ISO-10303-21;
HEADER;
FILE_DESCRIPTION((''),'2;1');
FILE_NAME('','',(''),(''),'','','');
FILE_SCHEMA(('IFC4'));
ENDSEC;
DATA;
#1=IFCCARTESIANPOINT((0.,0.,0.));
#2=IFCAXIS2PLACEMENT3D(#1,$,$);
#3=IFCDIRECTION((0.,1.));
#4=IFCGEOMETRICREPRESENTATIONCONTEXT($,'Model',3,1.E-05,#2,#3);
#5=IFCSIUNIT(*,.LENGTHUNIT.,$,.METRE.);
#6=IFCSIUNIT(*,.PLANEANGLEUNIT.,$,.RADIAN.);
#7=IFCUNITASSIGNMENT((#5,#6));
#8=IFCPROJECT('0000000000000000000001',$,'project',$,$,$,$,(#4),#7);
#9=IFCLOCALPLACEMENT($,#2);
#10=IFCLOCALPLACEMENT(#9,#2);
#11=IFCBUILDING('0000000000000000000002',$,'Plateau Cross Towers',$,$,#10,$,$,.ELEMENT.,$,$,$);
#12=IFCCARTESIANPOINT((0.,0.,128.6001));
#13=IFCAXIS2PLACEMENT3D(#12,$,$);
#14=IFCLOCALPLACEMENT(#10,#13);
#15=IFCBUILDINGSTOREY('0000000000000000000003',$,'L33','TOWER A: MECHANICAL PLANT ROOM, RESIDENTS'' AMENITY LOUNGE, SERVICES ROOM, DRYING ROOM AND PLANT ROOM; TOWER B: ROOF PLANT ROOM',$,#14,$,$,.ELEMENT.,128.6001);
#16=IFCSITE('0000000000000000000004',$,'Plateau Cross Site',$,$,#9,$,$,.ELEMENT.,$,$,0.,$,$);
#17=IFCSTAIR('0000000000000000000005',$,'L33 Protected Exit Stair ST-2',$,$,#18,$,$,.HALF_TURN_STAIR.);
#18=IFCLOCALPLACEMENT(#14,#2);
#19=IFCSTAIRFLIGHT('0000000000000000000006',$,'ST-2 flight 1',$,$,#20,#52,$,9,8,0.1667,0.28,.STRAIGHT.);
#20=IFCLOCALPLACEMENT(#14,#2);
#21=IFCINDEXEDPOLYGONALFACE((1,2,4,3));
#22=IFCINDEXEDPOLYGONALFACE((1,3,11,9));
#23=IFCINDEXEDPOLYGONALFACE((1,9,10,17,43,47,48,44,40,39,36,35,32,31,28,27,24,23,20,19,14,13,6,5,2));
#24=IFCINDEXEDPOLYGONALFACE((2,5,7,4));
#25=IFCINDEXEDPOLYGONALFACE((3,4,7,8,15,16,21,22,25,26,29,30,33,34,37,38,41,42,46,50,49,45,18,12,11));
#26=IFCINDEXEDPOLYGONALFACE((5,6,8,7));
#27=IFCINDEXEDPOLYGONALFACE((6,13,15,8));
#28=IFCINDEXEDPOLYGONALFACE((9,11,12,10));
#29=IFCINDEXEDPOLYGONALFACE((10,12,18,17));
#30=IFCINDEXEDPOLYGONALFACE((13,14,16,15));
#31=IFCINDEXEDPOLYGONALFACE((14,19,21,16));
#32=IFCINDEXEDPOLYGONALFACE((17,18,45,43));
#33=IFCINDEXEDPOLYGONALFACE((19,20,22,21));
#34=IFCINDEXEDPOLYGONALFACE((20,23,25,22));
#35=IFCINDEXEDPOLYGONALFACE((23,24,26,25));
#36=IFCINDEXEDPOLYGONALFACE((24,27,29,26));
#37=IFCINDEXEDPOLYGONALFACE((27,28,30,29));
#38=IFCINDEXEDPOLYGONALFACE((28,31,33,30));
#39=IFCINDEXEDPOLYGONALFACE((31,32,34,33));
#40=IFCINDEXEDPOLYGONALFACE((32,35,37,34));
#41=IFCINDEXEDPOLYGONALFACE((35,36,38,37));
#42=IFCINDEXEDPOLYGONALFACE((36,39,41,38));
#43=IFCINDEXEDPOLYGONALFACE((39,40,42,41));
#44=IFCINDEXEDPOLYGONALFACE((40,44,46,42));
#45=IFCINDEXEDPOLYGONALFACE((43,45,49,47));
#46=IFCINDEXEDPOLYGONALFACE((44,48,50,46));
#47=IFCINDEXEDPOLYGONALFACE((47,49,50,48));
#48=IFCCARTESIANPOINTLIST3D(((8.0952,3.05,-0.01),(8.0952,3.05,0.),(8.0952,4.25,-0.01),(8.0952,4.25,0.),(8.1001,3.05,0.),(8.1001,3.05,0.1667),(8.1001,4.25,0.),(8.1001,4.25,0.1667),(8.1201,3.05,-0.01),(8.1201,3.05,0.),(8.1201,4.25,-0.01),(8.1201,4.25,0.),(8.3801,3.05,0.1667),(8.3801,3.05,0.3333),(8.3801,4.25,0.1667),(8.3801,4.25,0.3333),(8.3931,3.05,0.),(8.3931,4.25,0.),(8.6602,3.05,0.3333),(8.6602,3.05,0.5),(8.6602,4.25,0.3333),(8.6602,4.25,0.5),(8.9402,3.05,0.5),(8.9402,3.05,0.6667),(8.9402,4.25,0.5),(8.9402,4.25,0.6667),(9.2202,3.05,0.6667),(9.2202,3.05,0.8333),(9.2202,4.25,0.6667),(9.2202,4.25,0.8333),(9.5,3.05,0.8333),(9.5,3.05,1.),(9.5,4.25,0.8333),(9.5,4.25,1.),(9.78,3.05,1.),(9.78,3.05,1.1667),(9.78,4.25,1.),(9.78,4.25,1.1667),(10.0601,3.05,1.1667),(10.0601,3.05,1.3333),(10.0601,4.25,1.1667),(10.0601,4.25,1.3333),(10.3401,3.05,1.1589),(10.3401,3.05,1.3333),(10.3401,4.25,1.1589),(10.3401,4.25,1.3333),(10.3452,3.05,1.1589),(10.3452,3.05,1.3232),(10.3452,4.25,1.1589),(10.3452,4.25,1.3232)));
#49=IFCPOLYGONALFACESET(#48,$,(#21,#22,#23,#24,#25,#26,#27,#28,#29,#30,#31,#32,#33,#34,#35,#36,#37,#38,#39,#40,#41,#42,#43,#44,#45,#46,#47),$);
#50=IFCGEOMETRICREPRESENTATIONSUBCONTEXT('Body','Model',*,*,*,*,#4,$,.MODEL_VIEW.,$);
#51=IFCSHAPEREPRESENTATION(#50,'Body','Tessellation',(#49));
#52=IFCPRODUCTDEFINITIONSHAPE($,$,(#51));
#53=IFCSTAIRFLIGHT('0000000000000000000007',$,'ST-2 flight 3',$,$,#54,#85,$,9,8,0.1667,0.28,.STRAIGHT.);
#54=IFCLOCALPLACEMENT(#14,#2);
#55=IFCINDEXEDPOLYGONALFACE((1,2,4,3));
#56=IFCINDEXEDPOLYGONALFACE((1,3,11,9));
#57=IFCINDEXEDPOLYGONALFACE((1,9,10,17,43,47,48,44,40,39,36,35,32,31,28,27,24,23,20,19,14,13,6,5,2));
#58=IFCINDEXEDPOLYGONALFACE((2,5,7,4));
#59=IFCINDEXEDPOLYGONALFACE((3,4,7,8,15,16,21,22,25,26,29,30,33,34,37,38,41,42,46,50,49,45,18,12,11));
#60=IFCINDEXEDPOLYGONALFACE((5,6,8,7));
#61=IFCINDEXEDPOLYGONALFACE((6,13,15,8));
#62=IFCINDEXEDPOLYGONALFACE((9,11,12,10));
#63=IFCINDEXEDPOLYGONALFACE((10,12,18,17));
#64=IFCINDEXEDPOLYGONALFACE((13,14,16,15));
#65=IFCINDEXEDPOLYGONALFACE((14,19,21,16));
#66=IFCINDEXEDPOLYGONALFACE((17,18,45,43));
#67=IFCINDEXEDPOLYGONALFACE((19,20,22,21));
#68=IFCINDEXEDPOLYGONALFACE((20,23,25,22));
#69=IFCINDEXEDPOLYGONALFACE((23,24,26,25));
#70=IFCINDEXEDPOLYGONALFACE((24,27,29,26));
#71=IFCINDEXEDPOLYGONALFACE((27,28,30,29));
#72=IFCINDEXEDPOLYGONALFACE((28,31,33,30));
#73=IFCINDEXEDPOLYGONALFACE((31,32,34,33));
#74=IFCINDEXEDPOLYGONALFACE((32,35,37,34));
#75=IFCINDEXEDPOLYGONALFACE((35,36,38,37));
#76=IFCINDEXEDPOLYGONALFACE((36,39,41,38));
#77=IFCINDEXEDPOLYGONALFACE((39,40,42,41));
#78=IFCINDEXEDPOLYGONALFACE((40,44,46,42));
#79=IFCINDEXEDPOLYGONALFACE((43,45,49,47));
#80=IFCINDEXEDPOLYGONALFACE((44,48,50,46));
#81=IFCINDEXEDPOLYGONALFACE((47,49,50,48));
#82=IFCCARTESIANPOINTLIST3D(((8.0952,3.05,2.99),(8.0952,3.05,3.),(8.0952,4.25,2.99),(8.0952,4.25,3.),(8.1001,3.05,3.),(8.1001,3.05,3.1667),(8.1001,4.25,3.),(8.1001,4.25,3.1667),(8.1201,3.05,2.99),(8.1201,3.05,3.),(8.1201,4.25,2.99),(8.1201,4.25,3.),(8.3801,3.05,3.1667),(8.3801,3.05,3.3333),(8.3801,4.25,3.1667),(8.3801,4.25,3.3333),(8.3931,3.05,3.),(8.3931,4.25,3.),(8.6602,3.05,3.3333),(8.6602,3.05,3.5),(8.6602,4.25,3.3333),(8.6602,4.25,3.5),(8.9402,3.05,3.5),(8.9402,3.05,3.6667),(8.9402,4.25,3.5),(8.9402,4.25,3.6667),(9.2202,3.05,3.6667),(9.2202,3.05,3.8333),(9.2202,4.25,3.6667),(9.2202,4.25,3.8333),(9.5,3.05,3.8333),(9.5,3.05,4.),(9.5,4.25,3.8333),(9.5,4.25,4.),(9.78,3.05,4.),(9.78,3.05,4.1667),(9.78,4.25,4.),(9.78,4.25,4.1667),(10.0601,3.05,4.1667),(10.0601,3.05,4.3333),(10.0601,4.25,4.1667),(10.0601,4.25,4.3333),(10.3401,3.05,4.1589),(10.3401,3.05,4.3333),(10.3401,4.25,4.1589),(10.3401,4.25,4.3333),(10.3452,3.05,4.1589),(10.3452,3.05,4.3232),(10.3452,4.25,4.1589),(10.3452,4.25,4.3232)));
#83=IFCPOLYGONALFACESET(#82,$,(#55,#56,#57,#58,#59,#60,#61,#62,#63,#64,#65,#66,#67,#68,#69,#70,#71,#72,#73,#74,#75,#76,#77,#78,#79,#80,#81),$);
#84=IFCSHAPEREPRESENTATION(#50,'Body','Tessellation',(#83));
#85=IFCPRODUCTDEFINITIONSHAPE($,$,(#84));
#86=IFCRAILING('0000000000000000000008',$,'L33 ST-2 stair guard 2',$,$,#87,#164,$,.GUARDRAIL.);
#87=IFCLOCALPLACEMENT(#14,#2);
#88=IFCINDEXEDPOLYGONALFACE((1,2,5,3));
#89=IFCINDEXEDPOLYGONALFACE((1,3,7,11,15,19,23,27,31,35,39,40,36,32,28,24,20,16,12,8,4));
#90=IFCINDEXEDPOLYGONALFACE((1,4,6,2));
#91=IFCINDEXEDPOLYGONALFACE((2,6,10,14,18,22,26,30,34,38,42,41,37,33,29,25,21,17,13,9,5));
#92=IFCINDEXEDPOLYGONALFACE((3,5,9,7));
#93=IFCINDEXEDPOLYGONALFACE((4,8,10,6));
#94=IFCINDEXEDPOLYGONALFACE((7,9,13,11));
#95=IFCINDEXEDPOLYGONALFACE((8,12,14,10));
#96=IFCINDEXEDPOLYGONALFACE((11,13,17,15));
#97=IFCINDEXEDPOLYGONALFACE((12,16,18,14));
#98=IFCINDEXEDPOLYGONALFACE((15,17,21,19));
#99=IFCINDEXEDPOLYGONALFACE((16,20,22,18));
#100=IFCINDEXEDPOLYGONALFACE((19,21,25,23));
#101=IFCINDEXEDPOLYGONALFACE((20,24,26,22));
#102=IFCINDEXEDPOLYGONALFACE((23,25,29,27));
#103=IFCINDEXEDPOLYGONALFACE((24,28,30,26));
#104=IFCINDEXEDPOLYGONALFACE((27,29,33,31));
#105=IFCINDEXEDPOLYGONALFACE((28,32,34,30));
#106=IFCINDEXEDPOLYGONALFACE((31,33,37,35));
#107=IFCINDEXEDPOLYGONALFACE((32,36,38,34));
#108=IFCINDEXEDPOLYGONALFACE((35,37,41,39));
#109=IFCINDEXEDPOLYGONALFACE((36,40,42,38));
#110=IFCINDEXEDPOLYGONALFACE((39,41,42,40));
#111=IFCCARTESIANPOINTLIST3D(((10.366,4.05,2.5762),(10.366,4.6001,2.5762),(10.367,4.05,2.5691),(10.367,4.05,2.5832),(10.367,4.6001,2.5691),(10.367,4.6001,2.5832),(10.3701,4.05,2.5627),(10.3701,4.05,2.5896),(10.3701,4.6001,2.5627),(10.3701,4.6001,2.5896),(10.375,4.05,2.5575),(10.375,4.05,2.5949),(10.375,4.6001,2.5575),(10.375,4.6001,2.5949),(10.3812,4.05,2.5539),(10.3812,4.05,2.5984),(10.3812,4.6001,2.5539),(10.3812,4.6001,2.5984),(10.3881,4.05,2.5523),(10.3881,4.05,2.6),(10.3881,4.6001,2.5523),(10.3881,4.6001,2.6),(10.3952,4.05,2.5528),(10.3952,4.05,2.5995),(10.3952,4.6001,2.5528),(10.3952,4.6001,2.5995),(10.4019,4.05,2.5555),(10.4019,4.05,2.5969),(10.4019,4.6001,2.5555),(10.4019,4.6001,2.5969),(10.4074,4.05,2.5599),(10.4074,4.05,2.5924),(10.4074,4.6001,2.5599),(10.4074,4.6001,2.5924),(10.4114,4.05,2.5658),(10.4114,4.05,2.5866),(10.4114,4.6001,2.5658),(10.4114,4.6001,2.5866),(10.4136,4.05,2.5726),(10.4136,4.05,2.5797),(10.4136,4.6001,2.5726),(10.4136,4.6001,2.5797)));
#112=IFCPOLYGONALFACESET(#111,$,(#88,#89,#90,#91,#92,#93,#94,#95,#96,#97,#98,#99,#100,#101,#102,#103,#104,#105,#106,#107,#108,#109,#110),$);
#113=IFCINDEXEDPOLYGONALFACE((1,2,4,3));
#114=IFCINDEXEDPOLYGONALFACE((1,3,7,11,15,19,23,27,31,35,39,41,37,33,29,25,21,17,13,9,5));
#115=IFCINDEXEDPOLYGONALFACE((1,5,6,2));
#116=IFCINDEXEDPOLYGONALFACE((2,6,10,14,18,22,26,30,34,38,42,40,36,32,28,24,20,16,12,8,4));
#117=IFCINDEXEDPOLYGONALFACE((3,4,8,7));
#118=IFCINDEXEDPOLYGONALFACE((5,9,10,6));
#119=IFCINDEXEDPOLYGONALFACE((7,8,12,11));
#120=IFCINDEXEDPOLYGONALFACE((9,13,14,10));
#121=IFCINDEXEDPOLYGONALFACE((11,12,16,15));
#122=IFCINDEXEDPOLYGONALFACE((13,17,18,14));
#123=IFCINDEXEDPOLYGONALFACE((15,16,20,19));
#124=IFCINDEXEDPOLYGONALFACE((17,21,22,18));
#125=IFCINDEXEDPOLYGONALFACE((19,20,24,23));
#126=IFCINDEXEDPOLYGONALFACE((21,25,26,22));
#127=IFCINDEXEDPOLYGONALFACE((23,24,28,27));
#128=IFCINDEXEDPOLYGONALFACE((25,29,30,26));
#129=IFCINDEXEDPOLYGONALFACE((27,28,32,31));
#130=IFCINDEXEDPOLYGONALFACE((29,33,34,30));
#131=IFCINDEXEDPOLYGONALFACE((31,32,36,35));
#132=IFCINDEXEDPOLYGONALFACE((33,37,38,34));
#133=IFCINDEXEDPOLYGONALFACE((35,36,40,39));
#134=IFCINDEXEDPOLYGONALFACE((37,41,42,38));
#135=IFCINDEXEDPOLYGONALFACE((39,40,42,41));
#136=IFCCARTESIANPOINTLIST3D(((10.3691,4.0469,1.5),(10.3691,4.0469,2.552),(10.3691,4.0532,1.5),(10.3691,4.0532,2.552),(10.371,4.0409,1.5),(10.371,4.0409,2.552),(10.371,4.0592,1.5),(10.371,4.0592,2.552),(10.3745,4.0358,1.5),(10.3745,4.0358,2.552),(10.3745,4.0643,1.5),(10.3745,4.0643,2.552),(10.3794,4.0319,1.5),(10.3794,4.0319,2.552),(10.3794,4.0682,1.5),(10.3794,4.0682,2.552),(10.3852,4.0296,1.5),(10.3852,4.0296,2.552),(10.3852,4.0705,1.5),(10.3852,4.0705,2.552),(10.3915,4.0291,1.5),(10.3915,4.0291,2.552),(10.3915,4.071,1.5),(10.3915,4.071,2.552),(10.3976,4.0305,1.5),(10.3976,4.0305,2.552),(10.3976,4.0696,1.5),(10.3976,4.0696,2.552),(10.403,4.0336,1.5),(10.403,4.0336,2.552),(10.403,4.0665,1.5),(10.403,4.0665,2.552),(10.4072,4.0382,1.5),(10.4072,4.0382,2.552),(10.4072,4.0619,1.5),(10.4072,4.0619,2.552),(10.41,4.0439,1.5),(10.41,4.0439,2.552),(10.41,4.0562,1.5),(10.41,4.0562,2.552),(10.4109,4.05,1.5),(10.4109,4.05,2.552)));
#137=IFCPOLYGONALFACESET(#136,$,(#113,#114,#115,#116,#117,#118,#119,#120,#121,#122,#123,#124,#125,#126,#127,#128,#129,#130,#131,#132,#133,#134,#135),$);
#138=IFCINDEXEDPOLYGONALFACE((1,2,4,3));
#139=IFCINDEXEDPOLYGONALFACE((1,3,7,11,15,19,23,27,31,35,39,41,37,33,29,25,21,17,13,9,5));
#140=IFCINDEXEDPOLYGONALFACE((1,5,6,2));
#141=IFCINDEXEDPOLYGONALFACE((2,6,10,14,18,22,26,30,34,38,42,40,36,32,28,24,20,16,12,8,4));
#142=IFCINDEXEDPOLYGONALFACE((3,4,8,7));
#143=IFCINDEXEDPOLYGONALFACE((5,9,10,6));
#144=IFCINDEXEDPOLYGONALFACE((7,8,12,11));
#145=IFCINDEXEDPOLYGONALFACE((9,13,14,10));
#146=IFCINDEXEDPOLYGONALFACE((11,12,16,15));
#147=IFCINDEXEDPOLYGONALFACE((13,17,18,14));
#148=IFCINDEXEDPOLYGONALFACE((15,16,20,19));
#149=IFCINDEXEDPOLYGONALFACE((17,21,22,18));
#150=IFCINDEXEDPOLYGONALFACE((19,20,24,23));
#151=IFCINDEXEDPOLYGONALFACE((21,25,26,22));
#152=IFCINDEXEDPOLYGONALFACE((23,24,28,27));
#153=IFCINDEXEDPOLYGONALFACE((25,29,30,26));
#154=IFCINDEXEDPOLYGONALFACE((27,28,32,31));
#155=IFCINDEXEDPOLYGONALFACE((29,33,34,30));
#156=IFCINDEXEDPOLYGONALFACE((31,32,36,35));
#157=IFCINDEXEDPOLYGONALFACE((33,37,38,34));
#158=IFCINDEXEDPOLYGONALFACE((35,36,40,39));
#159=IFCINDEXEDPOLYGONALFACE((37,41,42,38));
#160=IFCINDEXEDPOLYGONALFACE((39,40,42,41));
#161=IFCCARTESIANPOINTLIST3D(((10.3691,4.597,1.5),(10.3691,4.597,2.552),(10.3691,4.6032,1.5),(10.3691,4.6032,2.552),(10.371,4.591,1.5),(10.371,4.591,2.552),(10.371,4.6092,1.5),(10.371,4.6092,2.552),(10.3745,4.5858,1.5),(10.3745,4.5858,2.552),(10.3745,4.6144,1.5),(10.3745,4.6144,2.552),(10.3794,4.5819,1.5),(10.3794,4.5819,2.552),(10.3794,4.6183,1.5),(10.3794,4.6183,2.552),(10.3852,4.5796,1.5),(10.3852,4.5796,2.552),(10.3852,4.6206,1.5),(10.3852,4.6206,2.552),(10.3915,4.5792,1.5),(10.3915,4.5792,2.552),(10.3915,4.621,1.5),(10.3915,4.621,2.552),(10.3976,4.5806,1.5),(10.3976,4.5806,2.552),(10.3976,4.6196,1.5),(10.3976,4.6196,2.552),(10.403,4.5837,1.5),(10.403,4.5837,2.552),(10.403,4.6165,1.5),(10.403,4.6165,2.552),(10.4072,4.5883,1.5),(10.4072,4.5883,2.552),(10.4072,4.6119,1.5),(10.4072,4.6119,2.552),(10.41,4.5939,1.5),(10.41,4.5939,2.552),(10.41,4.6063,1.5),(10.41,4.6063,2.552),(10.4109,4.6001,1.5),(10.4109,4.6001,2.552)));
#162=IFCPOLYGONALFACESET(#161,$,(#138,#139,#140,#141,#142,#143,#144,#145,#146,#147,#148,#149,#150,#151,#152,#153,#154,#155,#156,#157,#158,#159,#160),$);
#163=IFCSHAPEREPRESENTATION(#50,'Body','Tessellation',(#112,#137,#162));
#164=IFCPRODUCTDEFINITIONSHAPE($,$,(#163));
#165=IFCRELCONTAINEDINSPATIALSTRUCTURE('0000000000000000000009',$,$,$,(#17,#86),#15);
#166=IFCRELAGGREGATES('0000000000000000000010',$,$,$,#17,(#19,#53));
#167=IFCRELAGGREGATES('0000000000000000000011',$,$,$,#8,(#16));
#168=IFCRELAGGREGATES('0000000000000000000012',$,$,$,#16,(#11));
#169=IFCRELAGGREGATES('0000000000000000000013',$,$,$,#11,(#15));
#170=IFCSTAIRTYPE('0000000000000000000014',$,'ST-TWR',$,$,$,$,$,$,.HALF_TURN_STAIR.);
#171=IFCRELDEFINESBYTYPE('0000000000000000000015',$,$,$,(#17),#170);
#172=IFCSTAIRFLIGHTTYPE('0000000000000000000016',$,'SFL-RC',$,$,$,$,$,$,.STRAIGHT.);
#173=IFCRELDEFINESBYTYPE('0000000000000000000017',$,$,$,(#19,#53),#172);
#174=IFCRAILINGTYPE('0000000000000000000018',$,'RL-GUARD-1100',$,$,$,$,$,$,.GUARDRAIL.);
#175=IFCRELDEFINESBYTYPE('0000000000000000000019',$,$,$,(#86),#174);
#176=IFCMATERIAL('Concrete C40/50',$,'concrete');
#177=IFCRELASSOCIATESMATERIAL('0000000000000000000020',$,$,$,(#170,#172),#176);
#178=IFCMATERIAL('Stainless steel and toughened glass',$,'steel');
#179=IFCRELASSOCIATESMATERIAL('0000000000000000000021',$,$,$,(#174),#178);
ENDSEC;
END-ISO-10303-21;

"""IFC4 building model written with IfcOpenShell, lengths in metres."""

from ifc_helpers import new_model, si_unit, direction, frame, origin, origin_2d, place, context, subcontext, project, spatial, polyline, circle, outline, extrude, material, type_object, element, aggregate, save


model = new_model("IFC4")

# Units and contexts
model_context = context("Model", 3, precision=1e-05, world=origin(), true_north=direction((0.0, 1.0)))
body_context = subcontext(model_context, "Body", "Model", "MODEL_VIEW")
ifc_project = project(units=[si_unit("LENGTHUNIT", "METRE"), si_unit("PLANEANGLEUNIT", "RADIAN")], contexts=[model_context])

# Site, building, storey
site_placement = place(None, origin())
site = spatial("IfcSite", under=ifc_project, at=site_placement, Name="Plateau Cross Site", CompositionType="ELEMENT", RefElevation=0.0)
building_placement = place(site_placement, origin())
building = spatial("IfcBuilding", under=site, at=building_placement, Name="Plateau Cross Towers", CompositionType="ELEMENT")
storey_placement = place(building_placement, frame((0.0, 0.0, 128.6001)))
storey = spatial("IfcBuildingStorey", under=building, at=storey_placement, Name="L33", Description="TOWER A: MECHANICAL PLANT ROOM, RESIDENTS' AMENITY LOUNGE, SERVICES ROOM, DRYING ROOM AND PLANT ROOM; TOWER B: ROOF PLANT ROOM", CompositionType="ELEMENT", Elevation=128.6001)

# Stair, stair flights
ifc_material_1 = material(Name="Concrete C40/50", Category="concrete")
stair_type = type_object("IfcStairType", Name="ST-TWR", PredefinedType="HALF_TURN_STAIR", material=ifc_material_1)
stair_placement = place(storey_placement, origin())
stair = element("IfcStair", 1, at=stair_placement, inside=storey, type_object=stair_type, Name="L33 Protected Exit Stair ST-2", PredefinedType="HALF_TURN_STAIR")
stair_flight_type = type_object("IfcStairFlightType", Name="SFL-RC", PredefinedType="STRAIGHT", material=ifc_material_1)
stair_flight_1_placement = place(storey_placement, frame((8.1001, 3.6499, 0.0), z_axis=(0.0, 0.0, 1.0), x_axis=(1.0, 0.0, 0.0)))
stair_flight_1 = element("IfcStairFlight", 2, at=stair_flight_1_placement, type_object=stair_flight_type, Name="ST-2 flight 1", NumberOfRisers=9, NumberOfTreads=8, PredefinedType="STRAIGHT", RiserHeight=0.1667, TreadLength=0.28, context=body_context, shape_type="SweptSolid", body=[
    extrude(outline(polyline([(-0.0049, -0.01), (-0.0049, 0.0), (0.0, 0.0), (0.0, 0.1667), (0.28, 0.1667), (0.28, 0.3333), (0.5601, 0.3333), (0.5601, 0.5), (0.8401, 0.5), (0.8401, 0.6667), (1.1201, 0.6667), (1.1201, 0.8333), (1.3999, 0.8333), (1.3999, 1.0), (1.6799, 1.0), (1.6799, 1.1667), (1.96, 1.1667), (1.96, 1.3333), (2.24, 1.3333), (2.2451, 1.3232), (2.2451, 1.1589), (2.24, 1.1589), (0.293, 0.0), (0.02, 0.0), (0.02, -0.01), (-0.0049, -0.01)])), frame((0.0, 0.6001, 0.0), z_axis=(0.0, -1.0, 0.0), x_axis=(1.0, 0.0, 0.0)), (0.0, 0.0, 1.0), 1.2),
])
stair_flight_2_placement = place(storey_placement, frame((8.1001, 3.6499, 3.0), z_axis=(0.0, 0.0, 1.0), x_axis=(1.0, 0.0, 0.0)))
stair_flight_2 = element("IfcStairFlight", 3, at=stair_flight_2_placement, type_object=stair_flight_type, Name="ST-2 flight 3", NumberOfRisers=9, NumberOfTreads=8, PredefinedType="STRAIGHT", RiserHeight=0.1667, TreadLength=0.28, context=body_context, shape_type="SweptSolid", body=[
    extrude(outline(polyline([(-0.0049, -0.01), (-0.0049, 0.0), (0.0, 0.0), (0.0, 0.1667), (0.28, 0.1667), (0.28, 0.3333), (0.5601, 0.3333), (0.5601, 0.5), (0.8401, 0.5), (0.8401, 0.6667), (1.1201, 0.6667), (1.1201, 0.8333), (1.3999, 0.8333), (1.3999, 1.0), (1.6799, 1.0), (1.6799, 1.1667), (1.96, 1.1667), (1.96, 1.3333), (2.24, 1.3333), (2.2451, 1.3232), (2.2451, 1.1589), (2.24, 1.1589), (0.293, 0.0), (0.02, 0.0), (0.02, -0.01), (-0.0049, -0.01)])), frame((0.0, 0.6001, 0.0), z_axis=(0.0, -1.0, 0.0), x_axis=(1.0, 0.0, 0.0)), (0.0, 0.0, 1.0), 1.2),
])
aggregate(stair, [stair_flight_1, stair_flight_2])

# Railing
ifc_material_2 = material(Name="Stainless steel and toughened glass", Category="steel")
railing_type_1 = type_object("IfcRailingType", Name="RL-GUARD-1100", PredefinedType="GUARDRAIL", material=ifc_material_2)
for number, where, name in (
    (4, (10.3899, 4.05, 1.5), "L33 ST-2 stair guard 2"),
):
    element("IfcRailing", number, at=place(storey_placement, frame(where)), inside=storey, type_object=railing_type_1, Name=name, PredefinedType="GUARDRAIL", context=body_context, shape_type="SweptSolid", body=[
        extrude(circle(Radius=0.0239, at=origin_2d()), frame((0.0, 0.0, 1.0762), z_axis=(0.0, 1.0, 0.0), x_axis=(-1.0, 0.0, 0.0)), (0.0, 0.0, 1.0), 0.55),
        extrude(circle(Radius=0.021, at=origin_2d()), origin(), (0.0, 0.0, 1.0), 1.052),
        extrude(circle(Radius=0.021, at=origin_2d()), frame((0.0, 0.55, 0.0)), (0.0, 0.0, 1.0), 1.052),
    ])

save(model, "model.ifc")
